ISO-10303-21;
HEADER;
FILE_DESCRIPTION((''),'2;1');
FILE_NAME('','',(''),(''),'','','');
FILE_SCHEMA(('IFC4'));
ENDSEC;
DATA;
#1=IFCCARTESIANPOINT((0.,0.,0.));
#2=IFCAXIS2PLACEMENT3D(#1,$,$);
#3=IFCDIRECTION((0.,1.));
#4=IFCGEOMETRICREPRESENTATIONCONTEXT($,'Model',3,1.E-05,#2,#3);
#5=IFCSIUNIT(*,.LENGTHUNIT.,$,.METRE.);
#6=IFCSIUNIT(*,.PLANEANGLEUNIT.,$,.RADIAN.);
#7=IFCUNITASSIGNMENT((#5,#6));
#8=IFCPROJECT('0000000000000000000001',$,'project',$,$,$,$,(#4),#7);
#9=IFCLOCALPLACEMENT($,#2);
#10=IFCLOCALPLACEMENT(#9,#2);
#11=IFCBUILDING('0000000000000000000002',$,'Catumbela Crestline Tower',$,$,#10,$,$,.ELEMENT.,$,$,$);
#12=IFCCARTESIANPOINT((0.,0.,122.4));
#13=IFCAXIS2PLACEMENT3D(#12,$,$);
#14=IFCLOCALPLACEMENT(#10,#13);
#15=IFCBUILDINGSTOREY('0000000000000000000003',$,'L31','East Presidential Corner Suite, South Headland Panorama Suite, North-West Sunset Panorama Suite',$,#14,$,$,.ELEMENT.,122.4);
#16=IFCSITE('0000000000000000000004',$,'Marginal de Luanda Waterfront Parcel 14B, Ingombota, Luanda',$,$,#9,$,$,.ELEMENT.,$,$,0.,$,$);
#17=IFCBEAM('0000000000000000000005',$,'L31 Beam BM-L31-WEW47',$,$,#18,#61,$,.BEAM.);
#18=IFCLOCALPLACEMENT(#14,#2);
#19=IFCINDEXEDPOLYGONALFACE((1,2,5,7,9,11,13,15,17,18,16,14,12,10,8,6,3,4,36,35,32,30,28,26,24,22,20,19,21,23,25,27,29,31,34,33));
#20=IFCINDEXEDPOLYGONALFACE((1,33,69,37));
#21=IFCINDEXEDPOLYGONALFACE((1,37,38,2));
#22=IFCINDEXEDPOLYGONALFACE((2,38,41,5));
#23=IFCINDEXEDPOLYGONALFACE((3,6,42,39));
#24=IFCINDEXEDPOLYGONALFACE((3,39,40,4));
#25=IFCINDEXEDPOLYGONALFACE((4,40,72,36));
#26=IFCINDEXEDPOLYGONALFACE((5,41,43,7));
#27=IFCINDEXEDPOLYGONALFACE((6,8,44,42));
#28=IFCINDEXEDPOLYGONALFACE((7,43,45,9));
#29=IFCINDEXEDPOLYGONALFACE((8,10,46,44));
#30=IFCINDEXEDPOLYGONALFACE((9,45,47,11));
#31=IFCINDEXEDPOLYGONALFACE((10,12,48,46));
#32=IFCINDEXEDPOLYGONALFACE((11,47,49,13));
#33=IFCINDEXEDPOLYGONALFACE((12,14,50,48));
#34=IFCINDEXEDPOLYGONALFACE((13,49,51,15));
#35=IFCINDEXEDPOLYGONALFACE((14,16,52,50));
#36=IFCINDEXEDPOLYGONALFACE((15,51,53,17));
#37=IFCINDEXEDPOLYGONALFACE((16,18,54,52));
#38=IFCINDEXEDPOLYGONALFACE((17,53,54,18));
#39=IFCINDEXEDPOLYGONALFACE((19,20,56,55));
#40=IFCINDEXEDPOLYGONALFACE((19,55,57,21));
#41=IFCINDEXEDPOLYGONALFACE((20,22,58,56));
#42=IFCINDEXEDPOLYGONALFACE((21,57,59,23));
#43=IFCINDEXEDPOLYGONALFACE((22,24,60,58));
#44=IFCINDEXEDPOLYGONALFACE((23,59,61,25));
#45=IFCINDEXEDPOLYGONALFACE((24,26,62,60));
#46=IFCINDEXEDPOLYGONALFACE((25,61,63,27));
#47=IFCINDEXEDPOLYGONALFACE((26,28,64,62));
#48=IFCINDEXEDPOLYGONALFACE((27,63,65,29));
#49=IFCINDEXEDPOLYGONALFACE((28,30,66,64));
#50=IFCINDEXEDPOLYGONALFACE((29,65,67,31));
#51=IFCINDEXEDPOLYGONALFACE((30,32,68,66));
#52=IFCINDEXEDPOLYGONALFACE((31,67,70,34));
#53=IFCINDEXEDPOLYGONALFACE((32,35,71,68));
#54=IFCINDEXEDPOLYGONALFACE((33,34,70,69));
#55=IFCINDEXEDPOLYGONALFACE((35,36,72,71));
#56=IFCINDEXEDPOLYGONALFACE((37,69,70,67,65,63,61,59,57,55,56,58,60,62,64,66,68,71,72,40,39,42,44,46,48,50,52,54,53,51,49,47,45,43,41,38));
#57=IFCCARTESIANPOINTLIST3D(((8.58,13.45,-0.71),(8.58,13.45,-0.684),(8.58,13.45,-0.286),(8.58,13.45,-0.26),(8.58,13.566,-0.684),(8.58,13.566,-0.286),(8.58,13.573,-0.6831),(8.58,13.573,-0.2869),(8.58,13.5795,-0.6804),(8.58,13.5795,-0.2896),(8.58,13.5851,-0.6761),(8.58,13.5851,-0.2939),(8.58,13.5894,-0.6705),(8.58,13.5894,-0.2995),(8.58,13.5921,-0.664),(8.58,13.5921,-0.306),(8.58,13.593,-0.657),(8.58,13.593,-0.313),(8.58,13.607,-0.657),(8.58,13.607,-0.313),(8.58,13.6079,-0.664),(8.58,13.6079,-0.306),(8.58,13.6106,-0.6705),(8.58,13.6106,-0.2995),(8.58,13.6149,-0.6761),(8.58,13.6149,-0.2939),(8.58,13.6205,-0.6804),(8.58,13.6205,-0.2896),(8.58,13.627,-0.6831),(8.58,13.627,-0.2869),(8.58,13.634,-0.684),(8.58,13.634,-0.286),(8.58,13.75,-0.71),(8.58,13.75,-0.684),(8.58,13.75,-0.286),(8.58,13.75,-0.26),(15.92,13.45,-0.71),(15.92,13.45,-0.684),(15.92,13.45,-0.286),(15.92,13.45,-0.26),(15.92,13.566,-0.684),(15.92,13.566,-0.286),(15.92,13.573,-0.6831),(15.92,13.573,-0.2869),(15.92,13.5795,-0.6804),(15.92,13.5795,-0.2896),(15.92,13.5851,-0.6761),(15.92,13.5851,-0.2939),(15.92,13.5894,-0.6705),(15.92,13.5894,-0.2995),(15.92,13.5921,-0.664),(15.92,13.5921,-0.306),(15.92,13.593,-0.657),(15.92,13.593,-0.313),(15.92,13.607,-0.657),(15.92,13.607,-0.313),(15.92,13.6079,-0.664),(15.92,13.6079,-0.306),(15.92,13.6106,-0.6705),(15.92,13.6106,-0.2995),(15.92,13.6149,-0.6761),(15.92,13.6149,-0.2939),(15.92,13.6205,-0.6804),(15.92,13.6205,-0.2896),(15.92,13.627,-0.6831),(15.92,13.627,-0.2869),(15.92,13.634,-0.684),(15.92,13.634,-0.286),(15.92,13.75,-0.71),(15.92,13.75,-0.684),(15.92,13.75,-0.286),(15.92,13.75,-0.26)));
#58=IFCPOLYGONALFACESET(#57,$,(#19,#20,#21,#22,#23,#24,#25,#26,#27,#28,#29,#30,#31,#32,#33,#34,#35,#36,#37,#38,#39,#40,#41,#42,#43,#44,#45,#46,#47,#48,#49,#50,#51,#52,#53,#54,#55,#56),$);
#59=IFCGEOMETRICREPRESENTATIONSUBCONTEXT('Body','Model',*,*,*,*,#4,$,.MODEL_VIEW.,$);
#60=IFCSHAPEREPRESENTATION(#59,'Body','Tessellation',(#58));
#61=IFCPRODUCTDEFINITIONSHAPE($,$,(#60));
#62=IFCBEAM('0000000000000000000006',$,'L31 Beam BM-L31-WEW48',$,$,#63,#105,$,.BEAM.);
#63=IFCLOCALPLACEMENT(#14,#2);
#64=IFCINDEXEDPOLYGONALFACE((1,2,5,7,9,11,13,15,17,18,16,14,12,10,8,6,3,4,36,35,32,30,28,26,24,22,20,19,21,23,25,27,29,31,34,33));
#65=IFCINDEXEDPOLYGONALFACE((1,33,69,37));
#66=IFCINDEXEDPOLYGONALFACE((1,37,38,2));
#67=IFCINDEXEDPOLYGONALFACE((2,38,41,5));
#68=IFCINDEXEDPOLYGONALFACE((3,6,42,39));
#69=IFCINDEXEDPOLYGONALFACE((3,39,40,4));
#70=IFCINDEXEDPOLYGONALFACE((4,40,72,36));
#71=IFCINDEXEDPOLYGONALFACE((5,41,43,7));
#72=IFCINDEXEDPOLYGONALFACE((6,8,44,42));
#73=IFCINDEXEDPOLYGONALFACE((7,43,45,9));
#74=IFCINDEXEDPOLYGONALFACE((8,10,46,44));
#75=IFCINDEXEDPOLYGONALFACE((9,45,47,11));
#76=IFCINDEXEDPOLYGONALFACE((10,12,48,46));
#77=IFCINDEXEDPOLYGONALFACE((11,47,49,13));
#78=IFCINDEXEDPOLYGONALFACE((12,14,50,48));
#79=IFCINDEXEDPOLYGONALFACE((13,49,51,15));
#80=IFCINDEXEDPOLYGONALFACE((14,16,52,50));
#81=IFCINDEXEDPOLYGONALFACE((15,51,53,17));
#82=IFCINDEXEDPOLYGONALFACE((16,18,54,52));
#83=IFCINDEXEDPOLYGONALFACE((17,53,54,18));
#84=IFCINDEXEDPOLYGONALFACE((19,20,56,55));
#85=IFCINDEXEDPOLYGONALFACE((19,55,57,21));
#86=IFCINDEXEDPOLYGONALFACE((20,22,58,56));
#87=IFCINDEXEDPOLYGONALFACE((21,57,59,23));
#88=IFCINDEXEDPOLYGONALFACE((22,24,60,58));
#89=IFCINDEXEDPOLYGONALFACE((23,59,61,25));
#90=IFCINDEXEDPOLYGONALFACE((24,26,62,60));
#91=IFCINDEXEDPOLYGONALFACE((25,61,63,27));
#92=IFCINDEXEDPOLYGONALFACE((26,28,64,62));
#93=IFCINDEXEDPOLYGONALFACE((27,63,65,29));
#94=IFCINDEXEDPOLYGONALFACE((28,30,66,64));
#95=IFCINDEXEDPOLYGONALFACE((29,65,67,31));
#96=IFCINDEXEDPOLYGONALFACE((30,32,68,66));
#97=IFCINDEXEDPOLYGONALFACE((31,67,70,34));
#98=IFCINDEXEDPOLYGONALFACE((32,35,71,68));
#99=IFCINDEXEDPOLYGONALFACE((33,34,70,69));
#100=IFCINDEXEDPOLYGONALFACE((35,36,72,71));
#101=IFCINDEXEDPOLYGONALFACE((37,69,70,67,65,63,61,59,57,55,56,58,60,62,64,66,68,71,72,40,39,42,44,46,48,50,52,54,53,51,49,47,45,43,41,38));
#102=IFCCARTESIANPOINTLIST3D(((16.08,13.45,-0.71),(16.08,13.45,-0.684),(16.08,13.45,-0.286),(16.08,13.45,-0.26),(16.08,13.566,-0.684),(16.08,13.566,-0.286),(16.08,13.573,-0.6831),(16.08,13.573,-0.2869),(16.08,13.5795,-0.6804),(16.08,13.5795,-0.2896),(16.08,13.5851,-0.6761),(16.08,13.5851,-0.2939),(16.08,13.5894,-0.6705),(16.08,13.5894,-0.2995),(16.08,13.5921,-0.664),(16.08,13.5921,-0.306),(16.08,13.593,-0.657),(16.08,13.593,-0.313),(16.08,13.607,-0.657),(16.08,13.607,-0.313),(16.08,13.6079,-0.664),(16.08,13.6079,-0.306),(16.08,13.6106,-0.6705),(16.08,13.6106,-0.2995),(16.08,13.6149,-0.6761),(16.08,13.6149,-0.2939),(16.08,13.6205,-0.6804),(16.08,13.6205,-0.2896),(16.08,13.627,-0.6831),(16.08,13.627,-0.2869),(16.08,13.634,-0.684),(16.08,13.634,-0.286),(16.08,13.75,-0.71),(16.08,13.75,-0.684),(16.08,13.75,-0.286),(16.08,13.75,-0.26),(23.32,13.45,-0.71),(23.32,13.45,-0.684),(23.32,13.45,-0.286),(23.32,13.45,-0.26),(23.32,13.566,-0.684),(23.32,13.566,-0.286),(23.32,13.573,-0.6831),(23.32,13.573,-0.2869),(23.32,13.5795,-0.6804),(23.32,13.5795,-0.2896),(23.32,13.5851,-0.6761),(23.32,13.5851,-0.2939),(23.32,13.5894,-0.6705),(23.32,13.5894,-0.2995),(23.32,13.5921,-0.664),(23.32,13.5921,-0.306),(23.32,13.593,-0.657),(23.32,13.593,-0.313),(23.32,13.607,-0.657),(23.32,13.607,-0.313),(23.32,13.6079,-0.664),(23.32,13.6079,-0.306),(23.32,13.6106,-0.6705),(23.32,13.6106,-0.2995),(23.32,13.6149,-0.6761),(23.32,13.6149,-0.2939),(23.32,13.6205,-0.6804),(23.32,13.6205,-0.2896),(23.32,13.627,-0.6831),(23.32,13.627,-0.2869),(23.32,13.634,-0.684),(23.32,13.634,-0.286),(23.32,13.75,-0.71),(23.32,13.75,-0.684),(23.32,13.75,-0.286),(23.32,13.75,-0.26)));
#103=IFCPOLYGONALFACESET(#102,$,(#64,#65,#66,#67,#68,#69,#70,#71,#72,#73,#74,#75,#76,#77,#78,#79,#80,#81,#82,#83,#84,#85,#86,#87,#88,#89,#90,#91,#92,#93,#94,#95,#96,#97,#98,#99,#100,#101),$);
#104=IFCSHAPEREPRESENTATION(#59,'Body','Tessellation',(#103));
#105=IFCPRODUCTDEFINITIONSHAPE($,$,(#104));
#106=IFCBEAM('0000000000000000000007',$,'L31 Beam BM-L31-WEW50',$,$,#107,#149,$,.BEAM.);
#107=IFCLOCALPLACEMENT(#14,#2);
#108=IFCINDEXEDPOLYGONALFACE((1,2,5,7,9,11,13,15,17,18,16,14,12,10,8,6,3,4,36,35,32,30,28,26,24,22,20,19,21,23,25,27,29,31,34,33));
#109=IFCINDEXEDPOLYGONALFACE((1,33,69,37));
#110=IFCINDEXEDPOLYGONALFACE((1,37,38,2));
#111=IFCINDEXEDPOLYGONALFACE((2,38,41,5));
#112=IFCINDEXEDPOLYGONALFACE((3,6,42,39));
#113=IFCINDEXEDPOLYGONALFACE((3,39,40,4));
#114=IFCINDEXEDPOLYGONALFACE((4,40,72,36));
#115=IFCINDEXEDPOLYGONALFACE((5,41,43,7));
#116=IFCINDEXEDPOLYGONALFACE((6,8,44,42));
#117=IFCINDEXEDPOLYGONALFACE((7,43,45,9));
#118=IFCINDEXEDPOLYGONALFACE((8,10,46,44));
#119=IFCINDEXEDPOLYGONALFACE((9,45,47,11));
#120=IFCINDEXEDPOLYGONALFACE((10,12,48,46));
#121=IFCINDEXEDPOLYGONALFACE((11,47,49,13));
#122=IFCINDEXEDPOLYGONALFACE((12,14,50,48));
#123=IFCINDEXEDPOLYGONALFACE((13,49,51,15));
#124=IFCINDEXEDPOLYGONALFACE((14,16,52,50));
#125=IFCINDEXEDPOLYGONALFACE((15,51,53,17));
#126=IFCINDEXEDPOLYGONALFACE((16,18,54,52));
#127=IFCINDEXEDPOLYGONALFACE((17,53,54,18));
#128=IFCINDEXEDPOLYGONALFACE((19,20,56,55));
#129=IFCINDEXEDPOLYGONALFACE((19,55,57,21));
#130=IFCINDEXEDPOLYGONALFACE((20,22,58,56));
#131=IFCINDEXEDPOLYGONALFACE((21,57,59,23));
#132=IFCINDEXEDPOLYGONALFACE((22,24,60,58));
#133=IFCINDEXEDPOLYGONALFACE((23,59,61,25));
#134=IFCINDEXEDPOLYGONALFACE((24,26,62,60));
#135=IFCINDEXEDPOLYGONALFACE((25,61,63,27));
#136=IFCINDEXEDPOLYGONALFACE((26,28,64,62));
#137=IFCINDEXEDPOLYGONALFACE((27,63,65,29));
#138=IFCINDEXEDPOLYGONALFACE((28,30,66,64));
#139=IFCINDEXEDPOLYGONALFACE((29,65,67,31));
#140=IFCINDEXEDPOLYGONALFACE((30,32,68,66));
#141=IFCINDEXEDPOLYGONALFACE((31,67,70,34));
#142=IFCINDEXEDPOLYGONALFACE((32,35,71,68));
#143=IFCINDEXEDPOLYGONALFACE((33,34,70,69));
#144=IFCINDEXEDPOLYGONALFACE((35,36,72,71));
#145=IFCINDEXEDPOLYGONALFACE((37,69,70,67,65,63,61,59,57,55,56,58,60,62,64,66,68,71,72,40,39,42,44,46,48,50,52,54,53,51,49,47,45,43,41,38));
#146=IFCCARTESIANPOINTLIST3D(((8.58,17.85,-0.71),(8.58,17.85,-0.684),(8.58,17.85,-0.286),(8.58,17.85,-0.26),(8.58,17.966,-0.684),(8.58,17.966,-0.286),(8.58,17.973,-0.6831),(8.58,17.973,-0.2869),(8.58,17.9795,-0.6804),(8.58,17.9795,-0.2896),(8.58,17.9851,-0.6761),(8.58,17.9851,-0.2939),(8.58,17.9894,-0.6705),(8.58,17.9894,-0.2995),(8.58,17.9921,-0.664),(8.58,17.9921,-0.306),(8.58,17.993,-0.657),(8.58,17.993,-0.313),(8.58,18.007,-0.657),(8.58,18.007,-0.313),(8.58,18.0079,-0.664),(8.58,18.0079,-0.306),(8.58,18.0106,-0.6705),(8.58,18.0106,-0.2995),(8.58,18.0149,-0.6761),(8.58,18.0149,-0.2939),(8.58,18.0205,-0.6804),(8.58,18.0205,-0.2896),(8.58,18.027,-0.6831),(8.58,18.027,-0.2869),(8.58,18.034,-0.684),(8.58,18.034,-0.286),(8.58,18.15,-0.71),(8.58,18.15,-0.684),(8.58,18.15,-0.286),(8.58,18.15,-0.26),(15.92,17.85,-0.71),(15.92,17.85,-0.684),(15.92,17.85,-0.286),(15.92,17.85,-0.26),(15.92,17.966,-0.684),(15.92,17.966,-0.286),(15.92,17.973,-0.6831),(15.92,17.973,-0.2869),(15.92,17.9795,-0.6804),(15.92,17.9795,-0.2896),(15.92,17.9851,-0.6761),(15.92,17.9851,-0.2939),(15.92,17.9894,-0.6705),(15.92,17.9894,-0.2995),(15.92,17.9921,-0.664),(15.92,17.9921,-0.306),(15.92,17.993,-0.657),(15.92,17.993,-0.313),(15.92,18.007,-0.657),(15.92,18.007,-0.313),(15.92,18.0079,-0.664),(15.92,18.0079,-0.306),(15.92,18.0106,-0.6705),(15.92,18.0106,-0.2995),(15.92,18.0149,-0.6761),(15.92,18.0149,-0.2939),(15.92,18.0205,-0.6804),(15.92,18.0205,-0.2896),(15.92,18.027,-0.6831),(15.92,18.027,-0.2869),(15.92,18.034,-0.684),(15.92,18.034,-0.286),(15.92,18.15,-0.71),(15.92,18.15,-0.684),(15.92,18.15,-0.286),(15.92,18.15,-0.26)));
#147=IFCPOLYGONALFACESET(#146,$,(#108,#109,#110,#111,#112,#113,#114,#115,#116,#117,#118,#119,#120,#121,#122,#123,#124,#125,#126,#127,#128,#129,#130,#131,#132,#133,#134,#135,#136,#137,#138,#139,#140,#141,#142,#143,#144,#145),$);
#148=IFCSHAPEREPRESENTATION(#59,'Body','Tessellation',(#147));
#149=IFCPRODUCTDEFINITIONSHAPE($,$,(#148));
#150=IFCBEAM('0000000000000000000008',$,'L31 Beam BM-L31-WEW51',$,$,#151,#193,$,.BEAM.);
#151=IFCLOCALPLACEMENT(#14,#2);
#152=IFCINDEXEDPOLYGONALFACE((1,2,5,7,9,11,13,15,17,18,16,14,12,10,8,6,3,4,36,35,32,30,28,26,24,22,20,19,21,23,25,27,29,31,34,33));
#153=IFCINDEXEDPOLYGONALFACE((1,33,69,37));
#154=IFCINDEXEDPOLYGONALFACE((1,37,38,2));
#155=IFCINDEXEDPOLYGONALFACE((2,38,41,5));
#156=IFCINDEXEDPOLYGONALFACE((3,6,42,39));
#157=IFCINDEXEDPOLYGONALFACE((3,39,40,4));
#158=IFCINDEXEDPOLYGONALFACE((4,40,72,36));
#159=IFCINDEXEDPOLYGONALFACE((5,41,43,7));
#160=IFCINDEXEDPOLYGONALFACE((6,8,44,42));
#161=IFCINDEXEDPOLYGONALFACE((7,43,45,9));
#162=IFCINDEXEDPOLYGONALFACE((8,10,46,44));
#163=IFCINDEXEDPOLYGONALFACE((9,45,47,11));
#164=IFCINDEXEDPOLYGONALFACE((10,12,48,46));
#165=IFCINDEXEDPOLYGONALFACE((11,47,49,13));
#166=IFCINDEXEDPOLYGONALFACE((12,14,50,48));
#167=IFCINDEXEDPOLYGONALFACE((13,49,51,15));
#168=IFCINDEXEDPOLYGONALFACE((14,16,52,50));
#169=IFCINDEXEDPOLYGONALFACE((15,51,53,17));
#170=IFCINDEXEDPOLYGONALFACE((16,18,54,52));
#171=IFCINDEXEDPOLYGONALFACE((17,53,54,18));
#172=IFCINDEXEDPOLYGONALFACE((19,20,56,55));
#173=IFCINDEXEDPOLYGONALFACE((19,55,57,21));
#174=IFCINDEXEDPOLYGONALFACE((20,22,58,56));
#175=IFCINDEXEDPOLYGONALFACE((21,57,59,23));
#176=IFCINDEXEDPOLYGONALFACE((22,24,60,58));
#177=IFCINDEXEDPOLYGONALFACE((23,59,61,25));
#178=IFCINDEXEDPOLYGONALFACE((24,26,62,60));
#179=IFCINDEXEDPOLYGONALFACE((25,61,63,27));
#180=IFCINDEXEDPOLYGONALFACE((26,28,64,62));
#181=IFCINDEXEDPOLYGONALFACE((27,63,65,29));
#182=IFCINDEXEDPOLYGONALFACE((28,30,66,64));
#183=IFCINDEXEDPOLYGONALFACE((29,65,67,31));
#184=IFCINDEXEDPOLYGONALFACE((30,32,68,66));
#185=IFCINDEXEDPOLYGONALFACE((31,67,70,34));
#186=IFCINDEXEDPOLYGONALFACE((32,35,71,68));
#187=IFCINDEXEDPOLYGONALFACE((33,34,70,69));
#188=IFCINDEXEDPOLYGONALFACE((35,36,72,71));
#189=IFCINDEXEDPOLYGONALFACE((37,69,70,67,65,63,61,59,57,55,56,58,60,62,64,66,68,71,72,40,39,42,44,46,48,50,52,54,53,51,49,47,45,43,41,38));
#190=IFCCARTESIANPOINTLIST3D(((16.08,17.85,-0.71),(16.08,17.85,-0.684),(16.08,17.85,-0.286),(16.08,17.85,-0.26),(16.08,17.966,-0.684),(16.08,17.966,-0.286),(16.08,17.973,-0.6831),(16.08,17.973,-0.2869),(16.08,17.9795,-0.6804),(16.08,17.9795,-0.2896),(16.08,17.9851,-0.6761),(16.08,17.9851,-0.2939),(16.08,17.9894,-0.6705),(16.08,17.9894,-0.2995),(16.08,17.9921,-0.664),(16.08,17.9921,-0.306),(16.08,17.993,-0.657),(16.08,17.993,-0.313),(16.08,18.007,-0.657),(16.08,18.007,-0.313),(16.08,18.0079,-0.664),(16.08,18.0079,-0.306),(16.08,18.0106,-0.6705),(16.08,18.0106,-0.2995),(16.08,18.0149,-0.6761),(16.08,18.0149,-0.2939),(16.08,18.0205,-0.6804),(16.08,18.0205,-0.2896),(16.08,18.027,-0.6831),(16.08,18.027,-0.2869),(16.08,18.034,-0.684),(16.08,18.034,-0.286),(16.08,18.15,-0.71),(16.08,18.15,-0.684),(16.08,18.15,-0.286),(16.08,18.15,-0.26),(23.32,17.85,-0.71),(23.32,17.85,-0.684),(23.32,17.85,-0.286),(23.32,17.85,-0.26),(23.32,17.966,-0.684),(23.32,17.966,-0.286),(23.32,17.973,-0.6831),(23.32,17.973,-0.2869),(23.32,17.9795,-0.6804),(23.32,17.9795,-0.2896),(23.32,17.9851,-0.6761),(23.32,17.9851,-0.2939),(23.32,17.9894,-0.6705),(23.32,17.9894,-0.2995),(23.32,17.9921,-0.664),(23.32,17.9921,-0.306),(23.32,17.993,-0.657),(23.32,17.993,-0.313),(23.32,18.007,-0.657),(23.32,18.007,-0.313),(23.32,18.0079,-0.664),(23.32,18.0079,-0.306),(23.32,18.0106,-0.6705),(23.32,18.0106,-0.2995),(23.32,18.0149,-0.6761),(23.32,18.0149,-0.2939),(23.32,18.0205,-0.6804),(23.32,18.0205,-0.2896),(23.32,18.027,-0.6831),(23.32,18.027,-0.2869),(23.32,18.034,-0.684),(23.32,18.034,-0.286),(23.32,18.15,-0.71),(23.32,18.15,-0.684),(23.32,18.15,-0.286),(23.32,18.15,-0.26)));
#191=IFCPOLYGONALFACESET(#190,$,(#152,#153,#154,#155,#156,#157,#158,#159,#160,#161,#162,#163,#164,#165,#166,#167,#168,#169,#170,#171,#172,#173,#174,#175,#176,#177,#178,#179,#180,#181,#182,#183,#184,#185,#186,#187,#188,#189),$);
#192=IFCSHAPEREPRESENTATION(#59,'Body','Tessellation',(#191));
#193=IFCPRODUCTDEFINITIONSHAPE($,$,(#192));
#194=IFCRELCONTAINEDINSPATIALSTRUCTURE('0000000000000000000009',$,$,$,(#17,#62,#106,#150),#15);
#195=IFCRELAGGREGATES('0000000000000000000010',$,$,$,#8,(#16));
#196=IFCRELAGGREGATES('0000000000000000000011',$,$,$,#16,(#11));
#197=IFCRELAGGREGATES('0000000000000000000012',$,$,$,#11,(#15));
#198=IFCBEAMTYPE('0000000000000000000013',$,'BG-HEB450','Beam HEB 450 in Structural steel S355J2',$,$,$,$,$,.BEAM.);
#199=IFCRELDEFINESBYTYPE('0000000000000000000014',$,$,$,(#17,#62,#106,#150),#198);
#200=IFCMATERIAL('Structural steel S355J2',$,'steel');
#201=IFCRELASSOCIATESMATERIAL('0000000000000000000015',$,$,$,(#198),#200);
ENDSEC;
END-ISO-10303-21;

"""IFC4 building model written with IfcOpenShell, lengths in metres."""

from ifc_helpers import new_model, si_unit, direction, frame, origin, origin_2d, place, context, subcontext, project, spatial, i_section, extrude, material, material_profile, profile_set, type_object, element, save


model = new_model("IFC4")

# Units and contexts
model_context = context("Model", 3, precision=1e-05, world=origin(), true_north=direction((0.0, 1.0)))
body_context = subcontext(model_context, "Body", "Model", "MODEL_VIEW")
ifc_project = project(units=[si_unit("LENGTHUNIT", "METRE"), si_unit("PLANEANGLEUNIT", "RADIAN")], contexts=[model_context])

# Site, building, storey
site_placement = place(None, origin())
site = spatial("IfcSite", under=ifc_project, at=site_placement, Name="Marginal de Luanda Waterfront Parcel 14B, Ingombota, Luanda", CompositionType="ELEMENT", RefElevation=0.0)
building_placement = place(site_placement, origin())
building = spatial("IfcBuilding", under=site, at=building_placement, Name="Catumbela Crestline Tower", CompositionType="ELEMENT")
storey_placement = place(building_placement, frame((0.0, 0.0, 122.4)))
storey = spatial("IfcBuildingStorey", under=building, at=storey_placement, Name="L31", Description="East Presidential Corner Suite, South Headland Panorama Suite, North-West Sunset Panorama Suite", CompositionType="ELEMENT", Elevation=122.4)

# Beams
ifc_material_1 = material(Name="Structural steel S355J2", Category="steel")
ifc_material_profile_1 = material_profile(ifc_material_1, i_section(OverallWidth=0.3, OverallDepth=0.45, WebThickness=0.014, FlangeThickness=0.026, FilletRadius=0.027, at=origin_2d()), Name="HEB 450")
ifc_profile_set_1 = profile_set([ifc_material_profile_1], Name="Structural steel S355J2")
beam_type_1 = type_object("IfcBeamType", Name="BG-HEB450", Description="Beam HEB 450 in Structural steel S355J2", PredefinedType="BEAM", material=ifc_profile_set_1)
beam_1_placement = place(storey_placement, frame((8.58, 13.6, -0.485), z_axis=(1.0, 0.0, 0.0), x_axis=(0.0, 1.0, 0.0)))
element("IfcBeam", 1, at=beam_1_placement, inside=storey, type_object=beam_type_1, Name="L31 Beam BM-L31-WEW47", PredefinedType="BEAM", context=body_context, shape_type="SweptSolid", body=[
    extrude(i_section(OverallWidth=0.3, OverallDepth=0.45, WebThickness=0.014, FlangeThickness=0.026, FilletRadius=0.027, at=origin_2d()), origin(), (0.0, 0.0, 1.0), 7.34),
])
beam_2_placement = place(storey_placement, frame((16.08, 13.6, -0.485), z_axis=(1.0, 0.0, 0.0), x_axis=(0.0, 1.0, 0.0)))
element("IfcBeam", 2, at=beam_2_placement, inside=storey, type_object=beam_type_1, Name="L31 Beam BM-L31-WEW48", PredefinedType="BEAM", context=body_context, shape_type="SweptSolid", body=[
    extrude(i_section(OverallWidth=0.3, OverallDepth=0.45, WebThickness=0.014, FlangeThickness=0.026, FilletRadius=0.027, at=origin_2d()), origin(), (0.0, 0.0, 1.0), 7.24),
])
beam_3_placement = place(storey_placement, frame((8.58, 18.0, -0.485), z_axis=(1.0, 0.0, 0.0), x_axis=(0.0, 1.0, 0.0)))
element("IfcBeam", 3, at=beam_3_placement, inside=storey, type_object=beam_type_1, Name="L31 Beam BM-L31-WEW50", PredefinedType="BEAM", context=body_context, shape_type="SweptSolid", body=[
    extrude(i_section(OverallWidth=0.3, OverallDepth=0.45, WebThickness=0.014, FlangeThickness=0.026, FilletRadius=0.027, at=origin_2d()), origin(), (0.0, 0.0, 1.0), 7.34),
])
beam_4_placement = place(storey_placement, frame((16.08, 18.0, -0.485), z_axis=(1.0, 0.0, 0.0), x_axis=(0.0, 1.0, 0.0)))
element("IfcBeam", 4, at=beam_4_placement, inside=storey, type_object=beam_type_1, Name="L31 Beam BM-L31-WEW51", PredefinedType="BEAM", context=body_context, shape_type="SweptSolid", body=[
    extrude(i_section(OverallWidth=0.3, OverallDepth=0.45, WebThickness=0.014, FlangeThickness=0.026, FilletRadius=0.027, at=origin_2d()), origin(), (0.0, 0.0, 1.0), 7.24),
])

save(model, "model.ifc")
